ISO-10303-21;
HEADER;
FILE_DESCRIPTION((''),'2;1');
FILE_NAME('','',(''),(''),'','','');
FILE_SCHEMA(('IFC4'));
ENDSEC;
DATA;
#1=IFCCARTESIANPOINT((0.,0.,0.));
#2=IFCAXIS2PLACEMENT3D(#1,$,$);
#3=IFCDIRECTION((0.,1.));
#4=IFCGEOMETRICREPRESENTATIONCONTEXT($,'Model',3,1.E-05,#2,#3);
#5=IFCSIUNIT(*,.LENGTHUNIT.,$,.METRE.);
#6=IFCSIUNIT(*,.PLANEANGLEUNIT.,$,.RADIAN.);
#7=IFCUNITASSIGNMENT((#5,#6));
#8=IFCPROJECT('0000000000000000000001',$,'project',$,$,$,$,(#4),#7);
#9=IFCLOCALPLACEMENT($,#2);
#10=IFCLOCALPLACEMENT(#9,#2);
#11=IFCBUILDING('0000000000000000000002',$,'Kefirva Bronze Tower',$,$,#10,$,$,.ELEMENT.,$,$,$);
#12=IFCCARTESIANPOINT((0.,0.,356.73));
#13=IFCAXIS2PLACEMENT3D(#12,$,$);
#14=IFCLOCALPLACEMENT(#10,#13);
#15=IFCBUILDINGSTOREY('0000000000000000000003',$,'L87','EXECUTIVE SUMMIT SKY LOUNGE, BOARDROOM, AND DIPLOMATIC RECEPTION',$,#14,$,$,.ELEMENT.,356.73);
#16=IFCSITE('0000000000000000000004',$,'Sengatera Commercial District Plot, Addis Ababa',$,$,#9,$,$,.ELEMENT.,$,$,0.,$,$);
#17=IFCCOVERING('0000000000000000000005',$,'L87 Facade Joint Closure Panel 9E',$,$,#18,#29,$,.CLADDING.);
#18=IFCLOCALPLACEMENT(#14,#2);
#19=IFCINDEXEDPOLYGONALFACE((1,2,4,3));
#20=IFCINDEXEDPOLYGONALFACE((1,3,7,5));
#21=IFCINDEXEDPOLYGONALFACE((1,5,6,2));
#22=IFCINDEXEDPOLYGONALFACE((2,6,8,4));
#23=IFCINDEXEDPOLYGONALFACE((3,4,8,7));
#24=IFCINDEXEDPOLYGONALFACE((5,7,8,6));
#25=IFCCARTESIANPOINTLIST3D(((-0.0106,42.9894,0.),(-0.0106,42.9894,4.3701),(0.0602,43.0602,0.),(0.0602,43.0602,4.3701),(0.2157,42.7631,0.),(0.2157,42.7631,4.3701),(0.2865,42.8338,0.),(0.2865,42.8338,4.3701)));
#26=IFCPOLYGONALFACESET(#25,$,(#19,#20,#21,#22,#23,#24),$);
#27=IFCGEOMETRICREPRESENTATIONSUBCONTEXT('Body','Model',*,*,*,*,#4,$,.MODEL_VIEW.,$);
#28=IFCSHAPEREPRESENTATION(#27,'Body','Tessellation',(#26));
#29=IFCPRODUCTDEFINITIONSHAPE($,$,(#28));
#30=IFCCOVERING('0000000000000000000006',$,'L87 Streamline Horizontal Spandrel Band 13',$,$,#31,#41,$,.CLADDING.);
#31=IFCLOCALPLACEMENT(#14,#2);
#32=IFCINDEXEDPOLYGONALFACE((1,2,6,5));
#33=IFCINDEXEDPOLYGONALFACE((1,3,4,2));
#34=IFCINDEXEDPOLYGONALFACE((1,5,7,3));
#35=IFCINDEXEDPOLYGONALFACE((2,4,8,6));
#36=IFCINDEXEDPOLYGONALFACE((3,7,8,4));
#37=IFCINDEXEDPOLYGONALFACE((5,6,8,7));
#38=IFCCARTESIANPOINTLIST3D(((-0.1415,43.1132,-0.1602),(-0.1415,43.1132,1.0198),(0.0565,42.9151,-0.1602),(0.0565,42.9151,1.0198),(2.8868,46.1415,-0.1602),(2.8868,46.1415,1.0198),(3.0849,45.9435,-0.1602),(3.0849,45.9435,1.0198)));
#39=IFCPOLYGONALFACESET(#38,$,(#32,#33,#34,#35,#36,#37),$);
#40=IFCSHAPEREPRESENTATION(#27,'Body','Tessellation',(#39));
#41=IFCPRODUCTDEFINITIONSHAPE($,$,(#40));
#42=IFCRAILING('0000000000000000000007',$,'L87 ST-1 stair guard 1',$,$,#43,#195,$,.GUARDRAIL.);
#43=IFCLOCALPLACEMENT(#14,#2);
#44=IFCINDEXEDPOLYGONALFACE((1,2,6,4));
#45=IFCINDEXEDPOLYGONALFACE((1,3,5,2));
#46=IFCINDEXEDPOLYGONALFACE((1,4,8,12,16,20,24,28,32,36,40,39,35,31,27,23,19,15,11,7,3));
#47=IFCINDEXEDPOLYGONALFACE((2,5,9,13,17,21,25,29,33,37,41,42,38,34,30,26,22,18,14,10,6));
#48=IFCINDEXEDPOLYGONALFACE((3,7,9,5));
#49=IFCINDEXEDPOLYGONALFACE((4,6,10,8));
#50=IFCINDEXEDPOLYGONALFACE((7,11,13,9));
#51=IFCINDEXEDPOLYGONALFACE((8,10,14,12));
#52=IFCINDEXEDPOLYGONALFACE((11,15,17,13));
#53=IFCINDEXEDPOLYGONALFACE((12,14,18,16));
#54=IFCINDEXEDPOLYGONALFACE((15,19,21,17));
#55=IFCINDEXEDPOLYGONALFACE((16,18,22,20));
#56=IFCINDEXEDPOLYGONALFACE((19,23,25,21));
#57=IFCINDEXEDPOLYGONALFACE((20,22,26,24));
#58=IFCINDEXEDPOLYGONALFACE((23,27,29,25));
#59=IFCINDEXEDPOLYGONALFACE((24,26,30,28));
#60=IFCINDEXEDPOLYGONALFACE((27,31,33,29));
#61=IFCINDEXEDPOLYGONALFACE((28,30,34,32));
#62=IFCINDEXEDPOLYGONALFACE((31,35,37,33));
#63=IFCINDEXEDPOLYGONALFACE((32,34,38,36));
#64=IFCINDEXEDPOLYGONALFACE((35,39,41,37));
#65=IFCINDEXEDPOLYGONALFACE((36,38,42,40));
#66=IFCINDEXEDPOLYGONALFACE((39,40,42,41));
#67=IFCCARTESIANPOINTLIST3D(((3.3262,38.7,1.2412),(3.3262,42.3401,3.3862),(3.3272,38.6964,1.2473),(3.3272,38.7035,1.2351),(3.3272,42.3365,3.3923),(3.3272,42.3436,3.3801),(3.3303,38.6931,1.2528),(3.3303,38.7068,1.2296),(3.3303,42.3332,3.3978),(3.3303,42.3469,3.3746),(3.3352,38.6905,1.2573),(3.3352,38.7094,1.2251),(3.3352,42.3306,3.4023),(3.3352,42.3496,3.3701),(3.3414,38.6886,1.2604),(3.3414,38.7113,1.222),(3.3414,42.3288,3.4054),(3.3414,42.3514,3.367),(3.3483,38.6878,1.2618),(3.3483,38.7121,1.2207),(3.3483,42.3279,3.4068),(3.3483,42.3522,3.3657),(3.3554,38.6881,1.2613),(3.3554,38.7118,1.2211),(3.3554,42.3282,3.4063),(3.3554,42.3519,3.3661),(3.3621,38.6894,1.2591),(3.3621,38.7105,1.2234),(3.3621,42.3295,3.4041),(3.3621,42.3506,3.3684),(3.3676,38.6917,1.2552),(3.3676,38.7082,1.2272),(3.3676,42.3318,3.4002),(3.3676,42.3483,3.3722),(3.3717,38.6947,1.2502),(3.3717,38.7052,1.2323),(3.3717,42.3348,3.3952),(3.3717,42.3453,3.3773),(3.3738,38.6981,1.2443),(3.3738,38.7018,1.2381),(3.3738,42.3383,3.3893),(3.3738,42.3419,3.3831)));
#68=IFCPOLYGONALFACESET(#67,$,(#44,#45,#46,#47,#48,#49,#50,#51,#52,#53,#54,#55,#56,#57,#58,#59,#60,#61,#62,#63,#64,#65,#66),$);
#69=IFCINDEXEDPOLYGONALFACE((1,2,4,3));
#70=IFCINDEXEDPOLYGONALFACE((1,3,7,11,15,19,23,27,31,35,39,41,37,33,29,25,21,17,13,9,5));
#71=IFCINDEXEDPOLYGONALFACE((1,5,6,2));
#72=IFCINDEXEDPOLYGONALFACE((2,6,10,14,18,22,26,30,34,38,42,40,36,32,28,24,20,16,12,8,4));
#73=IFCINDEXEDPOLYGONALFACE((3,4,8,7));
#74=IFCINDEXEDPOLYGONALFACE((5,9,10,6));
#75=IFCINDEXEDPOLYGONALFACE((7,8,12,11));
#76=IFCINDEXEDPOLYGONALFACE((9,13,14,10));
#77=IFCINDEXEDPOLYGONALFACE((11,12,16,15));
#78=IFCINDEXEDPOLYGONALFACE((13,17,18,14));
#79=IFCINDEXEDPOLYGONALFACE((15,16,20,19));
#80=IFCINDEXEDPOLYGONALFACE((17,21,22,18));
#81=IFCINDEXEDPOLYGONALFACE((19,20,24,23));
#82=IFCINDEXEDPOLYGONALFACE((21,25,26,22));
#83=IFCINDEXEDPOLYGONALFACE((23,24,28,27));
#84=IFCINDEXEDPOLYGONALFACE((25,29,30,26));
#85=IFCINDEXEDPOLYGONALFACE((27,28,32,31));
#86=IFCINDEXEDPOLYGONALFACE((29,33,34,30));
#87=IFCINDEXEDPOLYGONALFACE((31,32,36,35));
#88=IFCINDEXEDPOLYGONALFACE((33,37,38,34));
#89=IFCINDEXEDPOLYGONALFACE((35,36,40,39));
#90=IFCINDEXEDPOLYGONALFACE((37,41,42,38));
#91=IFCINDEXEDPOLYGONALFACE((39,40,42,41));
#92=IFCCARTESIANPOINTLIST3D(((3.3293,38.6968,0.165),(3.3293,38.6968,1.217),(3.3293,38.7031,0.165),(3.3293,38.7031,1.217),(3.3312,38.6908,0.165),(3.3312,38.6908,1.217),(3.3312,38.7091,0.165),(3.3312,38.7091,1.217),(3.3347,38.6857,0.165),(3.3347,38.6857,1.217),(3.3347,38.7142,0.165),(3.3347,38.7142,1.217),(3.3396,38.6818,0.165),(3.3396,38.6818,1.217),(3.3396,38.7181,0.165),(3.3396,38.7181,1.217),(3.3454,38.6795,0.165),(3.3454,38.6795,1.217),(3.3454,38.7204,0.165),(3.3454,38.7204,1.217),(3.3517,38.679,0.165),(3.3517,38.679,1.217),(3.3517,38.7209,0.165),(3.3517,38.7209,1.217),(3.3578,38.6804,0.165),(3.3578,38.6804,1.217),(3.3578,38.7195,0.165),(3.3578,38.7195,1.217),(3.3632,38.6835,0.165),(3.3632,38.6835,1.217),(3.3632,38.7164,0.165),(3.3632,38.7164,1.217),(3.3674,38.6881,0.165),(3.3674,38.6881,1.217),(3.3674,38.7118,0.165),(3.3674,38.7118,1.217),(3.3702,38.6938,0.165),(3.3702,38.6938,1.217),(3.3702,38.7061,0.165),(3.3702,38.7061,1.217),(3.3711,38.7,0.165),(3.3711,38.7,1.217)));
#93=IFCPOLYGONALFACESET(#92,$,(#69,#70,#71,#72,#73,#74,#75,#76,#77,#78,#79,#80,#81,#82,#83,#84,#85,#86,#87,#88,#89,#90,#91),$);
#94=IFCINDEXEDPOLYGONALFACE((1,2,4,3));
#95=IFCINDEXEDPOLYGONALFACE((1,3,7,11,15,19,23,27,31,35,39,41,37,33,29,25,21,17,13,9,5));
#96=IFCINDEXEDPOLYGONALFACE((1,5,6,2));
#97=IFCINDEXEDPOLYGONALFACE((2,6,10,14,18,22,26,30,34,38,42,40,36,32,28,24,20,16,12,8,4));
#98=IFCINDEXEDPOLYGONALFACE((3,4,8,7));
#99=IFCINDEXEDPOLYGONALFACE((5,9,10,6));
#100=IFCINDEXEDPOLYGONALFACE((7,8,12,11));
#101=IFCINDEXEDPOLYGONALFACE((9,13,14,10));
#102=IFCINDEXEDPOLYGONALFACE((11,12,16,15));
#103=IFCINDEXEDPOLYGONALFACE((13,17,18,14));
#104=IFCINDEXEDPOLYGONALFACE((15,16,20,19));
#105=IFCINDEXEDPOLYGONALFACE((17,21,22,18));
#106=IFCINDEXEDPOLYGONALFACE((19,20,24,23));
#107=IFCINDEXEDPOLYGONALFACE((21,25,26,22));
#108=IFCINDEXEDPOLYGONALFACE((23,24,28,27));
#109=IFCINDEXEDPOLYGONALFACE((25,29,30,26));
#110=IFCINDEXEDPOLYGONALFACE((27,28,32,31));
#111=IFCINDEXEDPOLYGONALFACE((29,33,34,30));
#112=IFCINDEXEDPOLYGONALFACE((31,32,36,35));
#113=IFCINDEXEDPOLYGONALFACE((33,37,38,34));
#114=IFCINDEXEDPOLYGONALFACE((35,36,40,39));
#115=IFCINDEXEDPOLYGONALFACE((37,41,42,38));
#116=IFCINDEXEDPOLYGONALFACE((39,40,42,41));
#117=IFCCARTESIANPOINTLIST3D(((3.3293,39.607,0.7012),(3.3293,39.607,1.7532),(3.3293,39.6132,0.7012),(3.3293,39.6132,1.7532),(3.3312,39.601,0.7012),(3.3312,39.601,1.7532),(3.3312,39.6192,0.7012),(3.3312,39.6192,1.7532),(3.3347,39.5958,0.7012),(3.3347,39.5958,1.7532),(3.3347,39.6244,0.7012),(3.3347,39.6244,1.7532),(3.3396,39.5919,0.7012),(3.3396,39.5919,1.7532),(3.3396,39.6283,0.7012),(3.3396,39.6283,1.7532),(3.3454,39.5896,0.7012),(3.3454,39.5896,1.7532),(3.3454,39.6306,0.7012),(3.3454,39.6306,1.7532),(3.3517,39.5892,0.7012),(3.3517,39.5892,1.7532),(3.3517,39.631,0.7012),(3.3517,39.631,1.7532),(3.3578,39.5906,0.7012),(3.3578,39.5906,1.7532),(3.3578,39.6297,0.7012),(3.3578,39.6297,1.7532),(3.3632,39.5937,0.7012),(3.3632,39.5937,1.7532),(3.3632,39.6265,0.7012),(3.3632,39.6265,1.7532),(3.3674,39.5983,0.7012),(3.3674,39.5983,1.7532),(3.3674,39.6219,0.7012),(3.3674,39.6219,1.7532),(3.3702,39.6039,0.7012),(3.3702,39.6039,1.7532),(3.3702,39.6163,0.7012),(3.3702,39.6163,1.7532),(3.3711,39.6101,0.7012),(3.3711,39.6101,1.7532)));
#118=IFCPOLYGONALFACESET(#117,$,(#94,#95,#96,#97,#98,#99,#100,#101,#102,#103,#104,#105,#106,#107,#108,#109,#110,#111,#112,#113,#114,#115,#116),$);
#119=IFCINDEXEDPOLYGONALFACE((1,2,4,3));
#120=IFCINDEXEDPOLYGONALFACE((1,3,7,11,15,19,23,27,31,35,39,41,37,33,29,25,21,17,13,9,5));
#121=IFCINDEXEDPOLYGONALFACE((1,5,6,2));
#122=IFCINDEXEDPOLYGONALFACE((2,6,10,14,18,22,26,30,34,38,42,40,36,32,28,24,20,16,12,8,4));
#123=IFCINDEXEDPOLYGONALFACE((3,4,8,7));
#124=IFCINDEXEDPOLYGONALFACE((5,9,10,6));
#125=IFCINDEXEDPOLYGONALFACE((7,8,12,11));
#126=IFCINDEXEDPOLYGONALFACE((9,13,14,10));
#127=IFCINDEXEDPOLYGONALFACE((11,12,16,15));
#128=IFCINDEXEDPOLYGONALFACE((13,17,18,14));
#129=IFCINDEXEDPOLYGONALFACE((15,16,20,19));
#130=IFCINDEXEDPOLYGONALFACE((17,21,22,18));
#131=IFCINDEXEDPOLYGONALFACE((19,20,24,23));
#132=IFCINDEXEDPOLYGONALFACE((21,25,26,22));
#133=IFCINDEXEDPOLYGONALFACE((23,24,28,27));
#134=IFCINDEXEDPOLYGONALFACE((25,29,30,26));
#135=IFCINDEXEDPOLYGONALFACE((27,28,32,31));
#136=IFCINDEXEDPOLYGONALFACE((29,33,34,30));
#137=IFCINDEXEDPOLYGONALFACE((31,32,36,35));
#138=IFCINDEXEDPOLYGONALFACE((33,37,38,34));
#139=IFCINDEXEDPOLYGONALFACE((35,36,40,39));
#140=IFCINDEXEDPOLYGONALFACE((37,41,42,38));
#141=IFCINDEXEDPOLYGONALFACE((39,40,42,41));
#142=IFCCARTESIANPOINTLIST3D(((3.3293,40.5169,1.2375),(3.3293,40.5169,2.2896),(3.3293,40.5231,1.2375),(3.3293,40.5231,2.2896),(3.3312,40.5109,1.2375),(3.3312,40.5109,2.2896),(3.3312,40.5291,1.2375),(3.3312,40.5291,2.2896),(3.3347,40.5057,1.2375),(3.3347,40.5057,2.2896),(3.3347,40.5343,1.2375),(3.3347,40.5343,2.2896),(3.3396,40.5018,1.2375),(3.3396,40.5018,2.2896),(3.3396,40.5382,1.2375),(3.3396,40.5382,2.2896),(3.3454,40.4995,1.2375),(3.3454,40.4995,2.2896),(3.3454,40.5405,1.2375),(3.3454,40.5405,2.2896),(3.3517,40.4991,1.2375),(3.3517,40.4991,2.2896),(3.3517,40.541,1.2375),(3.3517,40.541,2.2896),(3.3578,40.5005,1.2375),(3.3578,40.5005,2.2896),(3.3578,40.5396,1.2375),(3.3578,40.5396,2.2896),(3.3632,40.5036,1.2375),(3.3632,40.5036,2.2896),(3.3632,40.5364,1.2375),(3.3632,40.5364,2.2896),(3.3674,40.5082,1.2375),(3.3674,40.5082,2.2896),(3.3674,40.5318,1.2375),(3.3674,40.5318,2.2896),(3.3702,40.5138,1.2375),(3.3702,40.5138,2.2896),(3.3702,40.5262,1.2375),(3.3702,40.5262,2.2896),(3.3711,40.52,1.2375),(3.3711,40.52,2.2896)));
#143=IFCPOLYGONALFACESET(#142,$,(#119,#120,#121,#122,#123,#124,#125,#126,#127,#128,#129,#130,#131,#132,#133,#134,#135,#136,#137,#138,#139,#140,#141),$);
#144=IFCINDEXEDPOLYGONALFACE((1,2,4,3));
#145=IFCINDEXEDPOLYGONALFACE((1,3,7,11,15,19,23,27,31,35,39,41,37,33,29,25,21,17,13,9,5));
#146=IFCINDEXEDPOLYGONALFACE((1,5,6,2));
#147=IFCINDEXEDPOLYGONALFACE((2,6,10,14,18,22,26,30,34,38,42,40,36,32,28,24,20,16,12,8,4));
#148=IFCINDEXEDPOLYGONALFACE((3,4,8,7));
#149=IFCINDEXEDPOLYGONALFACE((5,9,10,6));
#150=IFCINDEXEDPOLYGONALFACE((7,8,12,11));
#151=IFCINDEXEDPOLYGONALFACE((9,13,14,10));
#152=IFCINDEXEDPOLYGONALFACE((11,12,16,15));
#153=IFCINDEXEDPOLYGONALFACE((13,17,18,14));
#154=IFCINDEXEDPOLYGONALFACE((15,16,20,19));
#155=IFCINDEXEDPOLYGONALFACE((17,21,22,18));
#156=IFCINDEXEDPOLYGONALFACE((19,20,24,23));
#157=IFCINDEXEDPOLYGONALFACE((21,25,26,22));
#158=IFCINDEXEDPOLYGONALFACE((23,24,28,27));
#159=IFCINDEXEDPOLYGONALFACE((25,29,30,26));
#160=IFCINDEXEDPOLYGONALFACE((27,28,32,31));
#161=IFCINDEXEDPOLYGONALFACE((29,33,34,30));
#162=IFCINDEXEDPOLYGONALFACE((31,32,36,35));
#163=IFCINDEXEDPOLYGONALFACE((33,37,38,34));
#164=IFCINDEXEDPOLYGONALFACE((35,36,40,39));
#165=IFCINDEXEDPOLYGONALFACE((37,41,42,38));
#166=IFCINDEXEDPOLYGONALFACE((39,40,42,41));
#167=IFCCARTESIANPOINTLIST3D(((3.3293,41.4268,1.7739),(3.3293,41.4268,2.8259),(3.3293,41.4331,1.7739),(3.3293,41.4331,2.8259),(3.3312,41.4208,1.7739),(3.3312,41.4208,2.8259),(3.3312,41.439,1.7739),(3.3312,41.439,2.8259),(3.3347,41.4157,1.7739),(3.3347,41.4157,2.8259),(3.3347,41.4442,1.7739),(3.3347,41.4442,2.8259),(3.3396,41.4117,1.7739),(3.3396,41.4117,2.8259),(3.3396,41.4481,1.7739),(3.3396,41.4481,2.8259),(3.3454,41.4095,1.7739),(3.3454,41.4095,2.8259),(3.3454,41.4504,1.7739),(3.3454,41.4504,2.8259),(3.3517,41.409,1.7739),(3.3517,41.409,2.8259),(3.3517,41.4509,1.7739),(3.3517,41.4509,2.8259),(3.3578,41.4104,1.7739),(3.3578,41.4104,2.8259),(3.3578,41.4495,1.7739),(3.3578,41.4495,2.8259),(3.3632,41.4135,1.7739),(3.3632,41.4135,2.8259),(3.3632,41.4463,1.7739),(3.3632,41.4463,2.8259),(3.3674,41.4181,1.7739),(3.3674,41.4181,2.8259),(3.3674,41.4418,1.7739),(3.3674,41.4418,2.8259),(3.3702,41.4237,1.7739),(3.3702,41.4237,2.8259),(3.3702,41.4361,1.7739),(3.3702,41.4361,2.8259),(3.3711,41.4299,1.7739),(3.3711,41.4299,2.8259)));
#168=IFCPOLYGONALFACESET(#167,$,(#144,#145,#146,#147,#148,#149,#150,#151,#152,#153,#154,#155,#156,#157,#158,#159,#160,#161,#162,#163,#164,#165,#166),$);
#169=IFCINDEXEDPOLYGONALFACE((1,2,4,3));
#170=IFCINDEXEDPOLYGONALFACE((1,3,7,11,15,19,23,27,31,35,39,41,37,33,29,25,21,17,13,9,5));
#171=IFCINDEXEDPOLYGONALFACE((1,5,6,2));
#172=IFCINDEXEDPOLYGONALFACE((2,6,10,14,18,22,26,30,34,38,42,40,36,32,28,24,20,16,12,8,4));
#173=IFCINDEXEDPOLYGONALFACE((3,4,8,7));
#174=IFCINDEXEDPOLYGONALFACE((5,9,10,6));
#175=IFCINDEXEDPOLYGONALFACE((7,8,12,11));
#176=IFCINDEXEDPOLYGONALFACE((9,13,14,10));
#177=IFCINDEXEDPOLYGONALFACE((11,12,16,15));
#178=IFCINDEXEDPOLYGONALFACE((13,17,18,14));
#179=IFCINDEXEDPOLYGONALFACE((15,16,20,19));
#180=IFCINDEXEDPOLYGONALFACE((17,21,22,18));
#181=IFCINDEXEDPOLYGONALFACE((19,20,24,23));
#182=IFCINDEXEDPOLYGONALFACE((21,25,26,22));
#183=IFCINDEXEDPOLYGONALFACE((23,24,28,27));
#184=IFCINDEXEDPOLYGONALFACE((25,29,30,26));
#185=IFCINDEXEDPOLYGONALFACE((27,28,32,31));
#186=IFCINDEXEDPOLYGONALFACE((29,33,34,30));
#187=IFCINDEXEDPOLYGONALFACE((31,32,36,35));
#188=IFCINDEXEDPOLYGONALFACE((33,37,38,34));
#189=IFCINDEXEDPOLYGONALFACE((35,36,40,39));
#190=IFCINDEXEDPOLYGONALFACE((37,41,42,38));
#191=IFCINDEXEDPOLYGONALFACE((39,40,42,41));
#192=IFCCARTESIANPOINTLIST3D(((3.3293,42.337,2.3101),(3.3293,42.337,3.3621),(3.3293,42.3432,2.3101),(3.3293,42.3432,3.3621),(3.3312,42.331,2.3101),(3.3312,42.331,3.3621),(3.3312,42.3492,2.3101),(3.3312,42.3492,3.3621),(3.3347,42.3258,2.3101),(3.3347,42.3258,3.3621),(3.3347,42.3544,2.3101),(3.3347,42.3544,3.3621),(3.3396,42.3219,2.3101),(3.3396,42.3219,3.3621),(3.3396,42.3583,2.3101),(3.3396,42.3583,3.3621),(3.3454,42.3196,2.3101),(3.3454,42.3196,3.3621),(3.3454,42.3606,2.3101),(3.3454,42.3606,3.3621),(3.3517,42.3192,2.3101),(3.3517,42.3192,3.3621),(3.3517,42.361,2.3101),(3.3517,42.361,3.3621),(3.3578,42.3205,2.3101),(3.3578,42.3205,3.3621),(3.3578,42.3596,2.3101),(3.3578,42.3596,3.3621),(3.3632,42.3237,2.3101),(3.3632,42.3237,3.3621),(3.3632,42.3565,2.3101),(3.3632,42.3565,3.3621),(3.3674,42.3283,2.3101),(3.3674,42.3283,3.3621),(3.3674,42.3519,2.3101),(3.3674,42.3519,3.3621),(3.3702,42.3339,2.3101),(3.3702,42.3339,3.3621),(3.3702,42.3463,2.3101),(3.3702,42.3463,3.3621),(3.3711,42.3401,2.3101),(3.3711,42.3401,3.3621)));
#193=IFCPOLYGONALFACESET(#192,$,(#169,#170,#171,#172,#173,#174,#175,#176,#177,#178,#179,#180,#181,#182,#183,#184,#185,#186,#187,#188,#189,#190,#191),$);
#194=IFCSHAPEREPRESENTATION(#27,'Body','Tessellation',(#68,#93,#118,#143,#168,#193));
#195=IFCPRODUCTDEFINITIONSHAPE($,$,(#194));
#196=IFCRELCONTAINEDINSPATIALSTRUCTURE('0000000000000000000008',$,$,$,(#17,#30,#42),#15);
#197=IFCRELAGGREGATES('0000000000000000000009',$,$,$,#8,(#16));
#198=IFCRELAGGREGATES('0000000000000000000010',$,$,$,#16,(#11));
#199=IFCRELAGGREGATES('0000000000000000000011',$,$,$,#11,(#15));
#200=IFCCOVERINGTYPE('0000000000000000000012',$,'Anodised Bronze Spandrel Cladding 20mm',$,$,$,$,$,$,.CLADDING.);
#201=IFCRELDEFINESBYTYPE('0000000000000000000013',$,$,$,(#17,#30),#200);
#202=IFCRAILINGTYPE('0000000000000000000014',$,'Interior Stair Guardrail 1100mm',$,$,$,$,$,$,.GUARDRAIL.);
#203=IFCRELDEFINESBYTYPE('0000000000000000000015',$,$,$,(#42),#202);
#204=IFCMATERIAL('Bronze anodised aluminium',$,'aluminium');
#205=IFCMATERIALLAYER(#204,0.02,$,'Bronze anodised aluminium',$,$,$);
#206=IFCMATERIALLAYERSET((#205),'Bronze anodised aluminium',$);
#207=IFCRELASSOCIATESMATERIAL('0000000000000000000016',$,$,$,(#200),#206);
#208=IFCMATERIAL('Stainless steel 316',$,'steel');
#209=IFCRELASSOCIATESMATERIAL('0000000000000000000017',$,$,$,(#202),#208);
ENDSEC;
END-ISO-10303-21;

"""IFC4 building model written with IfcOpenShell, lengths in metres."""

from ifc_helpers import new_model, si_unit, direction, frame, origin, origin_2d, place, context, subcontext, project, spatial, rectangle, circle, extrude, material, layer, layer_set, type_object, element, save


model = new_model("IFC4")

# Units and contexts
model_context = context("Model", 3, precision=1e-05, world=origin(), true_north=direction((0.0, 1.0)))
body_context = subcontext(model_context, "Body", "Model", "MODEL_VIEW")
ifc_project = project(units=[si_unit("LENGTHUNIT", "METRE"), si_unit("PLANEANGLEUNIT", "RADIAN")], contexts=[model_context])

# Site, building, storey
site_placement = place(None, origin())
site = spatial("IfcSite", under=ifc_project, at=site_placement, Name="Sengatera Commercial District Plot, Addis Ababa", CompositionType="ELEMENT", RefElevation=0.0)
building_placement = place(site_placement, origin())
building = spatial("IfcBuilding", under=site, at=building_placement, Name="Kefirva Bronze Tower", CompositionType="ELEMENT")
storey_placement = place(building_placement, frame((0.0, 0.0, 356.73)))
storey = spatial("IfcBuildingStorey", under=building, at=storey_placement, Name="L87", Description="EXECUTIVE SUMMIT SKY LOUNGE, BOARDROOM, AND DIPLOMATIC RECEPTION", CompositionType="ELEMENT", Elevation=356.73)

# Coverings
ifc_material_1 = material(Name="Bronze anodised aluminium", Category="aluminium")
ifc_layer_1 = layer(ifc_material_1, 0.02, Name="Bronze anodised aluminium")
ifc_layer_set_1 = layer_set([ifc_layer_1], Name="Bronze anodised aluminium")
covering_type_1 = type_object("IfcCoveringType", Name="Anodised Bronze Spandrel Cladding 20mm", PredefinedType="CLADDING", material=ifc_layer_set_1)
for number, where, z_axis, x_axis, name in (
    (1, (0.1379, 42.9116, 0.0), (0.0, 0.0, 1.0), (-0.707107, -0.707107, 0.0), "L87 Facade Joint Closure Panel 9E"),
):
    element("IfcCovering", number, at=place(storey_placement, frame(where, z_axis=z_axis, x_axis=x_axis)), inside=storey, type_object=covering_type_1, Name=name, PredefinedType="CLADDING", context=body_context, shape_type="SweptSolid", body=[
        extrude(rectangle(XDim=0.1001, YDim=0.3201, at=origin_2d()), origin(), (0.0, 0.0, 1.0), 4.3701),
    ])
covering_1_placement = place(storey_placement, frame((1.4717, 44.5283, -0.1602), z_axis=(0.0, 0.0, 1.0), x_axis=(-0.707107, -0.707107, 0.0)))
element("IfcCovering", 2, at=covering_1_placement, inside=storey, type_object=covering_type_1, Name="L87 Streamline Horizontal Spandrel Band 13", PredefinedType="CLADDING", context=body_context, shape_type="SweptSolid", body=[
    extrude(rectangle(XDim=4.2827, YDim=0.28, at=origin_2d()), origin(), (0.0, 0.0, 1.0), 1.1799),
])

# Railing
ifc_material_2 = material(Name="Stainless steel 316", Category="steel")
railing_type_1 = type_object("IfcRailingType", Name="Interior Stair Guardrail 1100mm", PredefinedType="GUARDRAIL", material=ifc_material_2)
railing_1_placement = place(storey_placement, frame((3.3501, 38.7, 0.165)))
element("IfcRailing", 3, at=railing_1_placement, inside=storey, type_object=railing_type_1, Name="L87 ST-1 stair guard 1", PredefinedType="GUARDRAIL", context=body_context, shape_type="SweptSolid", body=[
    extrude(circle(Radius=0.0239, at=origin_2d()), frame((0.0, 0.0, 1.0762), z_axis=(0.0, 0.861545, 0.507682), x_axis=(-1.0, 0.0, 0.0)), (0.0, 0.0, 1.0), 4.2251),
    extrude(circle(Radius=0.021, at=origin_2d()), origin(), (0.0, 0.0, 1.0), 1.052),
    extrude(circle(Radius=0.021, at=origin_2d()), frame((0.0, 0.9102, 0.5361)), (0.0, 0.0, 1.0), 1.052),
    extrude(circle(Radius=0.021, at=origin_2d()), frame((0.0, 1.8201, 1.0725)), (0.0, 0.0, 1.0), 1.052),
    extrude(circle(Radius=0.021, at=origin_2d()), frame((0.0, 2.73, 1.6089)), (0.0, 0.0, 1.0), 1.052),
    extrude(circle(Radius=0.021, at=origin_2d()), frame((0.0, 3.6401, 2.145)), (0.0, 0.0, 1.0), 1.052),
])

save(model, "model.ifc")
